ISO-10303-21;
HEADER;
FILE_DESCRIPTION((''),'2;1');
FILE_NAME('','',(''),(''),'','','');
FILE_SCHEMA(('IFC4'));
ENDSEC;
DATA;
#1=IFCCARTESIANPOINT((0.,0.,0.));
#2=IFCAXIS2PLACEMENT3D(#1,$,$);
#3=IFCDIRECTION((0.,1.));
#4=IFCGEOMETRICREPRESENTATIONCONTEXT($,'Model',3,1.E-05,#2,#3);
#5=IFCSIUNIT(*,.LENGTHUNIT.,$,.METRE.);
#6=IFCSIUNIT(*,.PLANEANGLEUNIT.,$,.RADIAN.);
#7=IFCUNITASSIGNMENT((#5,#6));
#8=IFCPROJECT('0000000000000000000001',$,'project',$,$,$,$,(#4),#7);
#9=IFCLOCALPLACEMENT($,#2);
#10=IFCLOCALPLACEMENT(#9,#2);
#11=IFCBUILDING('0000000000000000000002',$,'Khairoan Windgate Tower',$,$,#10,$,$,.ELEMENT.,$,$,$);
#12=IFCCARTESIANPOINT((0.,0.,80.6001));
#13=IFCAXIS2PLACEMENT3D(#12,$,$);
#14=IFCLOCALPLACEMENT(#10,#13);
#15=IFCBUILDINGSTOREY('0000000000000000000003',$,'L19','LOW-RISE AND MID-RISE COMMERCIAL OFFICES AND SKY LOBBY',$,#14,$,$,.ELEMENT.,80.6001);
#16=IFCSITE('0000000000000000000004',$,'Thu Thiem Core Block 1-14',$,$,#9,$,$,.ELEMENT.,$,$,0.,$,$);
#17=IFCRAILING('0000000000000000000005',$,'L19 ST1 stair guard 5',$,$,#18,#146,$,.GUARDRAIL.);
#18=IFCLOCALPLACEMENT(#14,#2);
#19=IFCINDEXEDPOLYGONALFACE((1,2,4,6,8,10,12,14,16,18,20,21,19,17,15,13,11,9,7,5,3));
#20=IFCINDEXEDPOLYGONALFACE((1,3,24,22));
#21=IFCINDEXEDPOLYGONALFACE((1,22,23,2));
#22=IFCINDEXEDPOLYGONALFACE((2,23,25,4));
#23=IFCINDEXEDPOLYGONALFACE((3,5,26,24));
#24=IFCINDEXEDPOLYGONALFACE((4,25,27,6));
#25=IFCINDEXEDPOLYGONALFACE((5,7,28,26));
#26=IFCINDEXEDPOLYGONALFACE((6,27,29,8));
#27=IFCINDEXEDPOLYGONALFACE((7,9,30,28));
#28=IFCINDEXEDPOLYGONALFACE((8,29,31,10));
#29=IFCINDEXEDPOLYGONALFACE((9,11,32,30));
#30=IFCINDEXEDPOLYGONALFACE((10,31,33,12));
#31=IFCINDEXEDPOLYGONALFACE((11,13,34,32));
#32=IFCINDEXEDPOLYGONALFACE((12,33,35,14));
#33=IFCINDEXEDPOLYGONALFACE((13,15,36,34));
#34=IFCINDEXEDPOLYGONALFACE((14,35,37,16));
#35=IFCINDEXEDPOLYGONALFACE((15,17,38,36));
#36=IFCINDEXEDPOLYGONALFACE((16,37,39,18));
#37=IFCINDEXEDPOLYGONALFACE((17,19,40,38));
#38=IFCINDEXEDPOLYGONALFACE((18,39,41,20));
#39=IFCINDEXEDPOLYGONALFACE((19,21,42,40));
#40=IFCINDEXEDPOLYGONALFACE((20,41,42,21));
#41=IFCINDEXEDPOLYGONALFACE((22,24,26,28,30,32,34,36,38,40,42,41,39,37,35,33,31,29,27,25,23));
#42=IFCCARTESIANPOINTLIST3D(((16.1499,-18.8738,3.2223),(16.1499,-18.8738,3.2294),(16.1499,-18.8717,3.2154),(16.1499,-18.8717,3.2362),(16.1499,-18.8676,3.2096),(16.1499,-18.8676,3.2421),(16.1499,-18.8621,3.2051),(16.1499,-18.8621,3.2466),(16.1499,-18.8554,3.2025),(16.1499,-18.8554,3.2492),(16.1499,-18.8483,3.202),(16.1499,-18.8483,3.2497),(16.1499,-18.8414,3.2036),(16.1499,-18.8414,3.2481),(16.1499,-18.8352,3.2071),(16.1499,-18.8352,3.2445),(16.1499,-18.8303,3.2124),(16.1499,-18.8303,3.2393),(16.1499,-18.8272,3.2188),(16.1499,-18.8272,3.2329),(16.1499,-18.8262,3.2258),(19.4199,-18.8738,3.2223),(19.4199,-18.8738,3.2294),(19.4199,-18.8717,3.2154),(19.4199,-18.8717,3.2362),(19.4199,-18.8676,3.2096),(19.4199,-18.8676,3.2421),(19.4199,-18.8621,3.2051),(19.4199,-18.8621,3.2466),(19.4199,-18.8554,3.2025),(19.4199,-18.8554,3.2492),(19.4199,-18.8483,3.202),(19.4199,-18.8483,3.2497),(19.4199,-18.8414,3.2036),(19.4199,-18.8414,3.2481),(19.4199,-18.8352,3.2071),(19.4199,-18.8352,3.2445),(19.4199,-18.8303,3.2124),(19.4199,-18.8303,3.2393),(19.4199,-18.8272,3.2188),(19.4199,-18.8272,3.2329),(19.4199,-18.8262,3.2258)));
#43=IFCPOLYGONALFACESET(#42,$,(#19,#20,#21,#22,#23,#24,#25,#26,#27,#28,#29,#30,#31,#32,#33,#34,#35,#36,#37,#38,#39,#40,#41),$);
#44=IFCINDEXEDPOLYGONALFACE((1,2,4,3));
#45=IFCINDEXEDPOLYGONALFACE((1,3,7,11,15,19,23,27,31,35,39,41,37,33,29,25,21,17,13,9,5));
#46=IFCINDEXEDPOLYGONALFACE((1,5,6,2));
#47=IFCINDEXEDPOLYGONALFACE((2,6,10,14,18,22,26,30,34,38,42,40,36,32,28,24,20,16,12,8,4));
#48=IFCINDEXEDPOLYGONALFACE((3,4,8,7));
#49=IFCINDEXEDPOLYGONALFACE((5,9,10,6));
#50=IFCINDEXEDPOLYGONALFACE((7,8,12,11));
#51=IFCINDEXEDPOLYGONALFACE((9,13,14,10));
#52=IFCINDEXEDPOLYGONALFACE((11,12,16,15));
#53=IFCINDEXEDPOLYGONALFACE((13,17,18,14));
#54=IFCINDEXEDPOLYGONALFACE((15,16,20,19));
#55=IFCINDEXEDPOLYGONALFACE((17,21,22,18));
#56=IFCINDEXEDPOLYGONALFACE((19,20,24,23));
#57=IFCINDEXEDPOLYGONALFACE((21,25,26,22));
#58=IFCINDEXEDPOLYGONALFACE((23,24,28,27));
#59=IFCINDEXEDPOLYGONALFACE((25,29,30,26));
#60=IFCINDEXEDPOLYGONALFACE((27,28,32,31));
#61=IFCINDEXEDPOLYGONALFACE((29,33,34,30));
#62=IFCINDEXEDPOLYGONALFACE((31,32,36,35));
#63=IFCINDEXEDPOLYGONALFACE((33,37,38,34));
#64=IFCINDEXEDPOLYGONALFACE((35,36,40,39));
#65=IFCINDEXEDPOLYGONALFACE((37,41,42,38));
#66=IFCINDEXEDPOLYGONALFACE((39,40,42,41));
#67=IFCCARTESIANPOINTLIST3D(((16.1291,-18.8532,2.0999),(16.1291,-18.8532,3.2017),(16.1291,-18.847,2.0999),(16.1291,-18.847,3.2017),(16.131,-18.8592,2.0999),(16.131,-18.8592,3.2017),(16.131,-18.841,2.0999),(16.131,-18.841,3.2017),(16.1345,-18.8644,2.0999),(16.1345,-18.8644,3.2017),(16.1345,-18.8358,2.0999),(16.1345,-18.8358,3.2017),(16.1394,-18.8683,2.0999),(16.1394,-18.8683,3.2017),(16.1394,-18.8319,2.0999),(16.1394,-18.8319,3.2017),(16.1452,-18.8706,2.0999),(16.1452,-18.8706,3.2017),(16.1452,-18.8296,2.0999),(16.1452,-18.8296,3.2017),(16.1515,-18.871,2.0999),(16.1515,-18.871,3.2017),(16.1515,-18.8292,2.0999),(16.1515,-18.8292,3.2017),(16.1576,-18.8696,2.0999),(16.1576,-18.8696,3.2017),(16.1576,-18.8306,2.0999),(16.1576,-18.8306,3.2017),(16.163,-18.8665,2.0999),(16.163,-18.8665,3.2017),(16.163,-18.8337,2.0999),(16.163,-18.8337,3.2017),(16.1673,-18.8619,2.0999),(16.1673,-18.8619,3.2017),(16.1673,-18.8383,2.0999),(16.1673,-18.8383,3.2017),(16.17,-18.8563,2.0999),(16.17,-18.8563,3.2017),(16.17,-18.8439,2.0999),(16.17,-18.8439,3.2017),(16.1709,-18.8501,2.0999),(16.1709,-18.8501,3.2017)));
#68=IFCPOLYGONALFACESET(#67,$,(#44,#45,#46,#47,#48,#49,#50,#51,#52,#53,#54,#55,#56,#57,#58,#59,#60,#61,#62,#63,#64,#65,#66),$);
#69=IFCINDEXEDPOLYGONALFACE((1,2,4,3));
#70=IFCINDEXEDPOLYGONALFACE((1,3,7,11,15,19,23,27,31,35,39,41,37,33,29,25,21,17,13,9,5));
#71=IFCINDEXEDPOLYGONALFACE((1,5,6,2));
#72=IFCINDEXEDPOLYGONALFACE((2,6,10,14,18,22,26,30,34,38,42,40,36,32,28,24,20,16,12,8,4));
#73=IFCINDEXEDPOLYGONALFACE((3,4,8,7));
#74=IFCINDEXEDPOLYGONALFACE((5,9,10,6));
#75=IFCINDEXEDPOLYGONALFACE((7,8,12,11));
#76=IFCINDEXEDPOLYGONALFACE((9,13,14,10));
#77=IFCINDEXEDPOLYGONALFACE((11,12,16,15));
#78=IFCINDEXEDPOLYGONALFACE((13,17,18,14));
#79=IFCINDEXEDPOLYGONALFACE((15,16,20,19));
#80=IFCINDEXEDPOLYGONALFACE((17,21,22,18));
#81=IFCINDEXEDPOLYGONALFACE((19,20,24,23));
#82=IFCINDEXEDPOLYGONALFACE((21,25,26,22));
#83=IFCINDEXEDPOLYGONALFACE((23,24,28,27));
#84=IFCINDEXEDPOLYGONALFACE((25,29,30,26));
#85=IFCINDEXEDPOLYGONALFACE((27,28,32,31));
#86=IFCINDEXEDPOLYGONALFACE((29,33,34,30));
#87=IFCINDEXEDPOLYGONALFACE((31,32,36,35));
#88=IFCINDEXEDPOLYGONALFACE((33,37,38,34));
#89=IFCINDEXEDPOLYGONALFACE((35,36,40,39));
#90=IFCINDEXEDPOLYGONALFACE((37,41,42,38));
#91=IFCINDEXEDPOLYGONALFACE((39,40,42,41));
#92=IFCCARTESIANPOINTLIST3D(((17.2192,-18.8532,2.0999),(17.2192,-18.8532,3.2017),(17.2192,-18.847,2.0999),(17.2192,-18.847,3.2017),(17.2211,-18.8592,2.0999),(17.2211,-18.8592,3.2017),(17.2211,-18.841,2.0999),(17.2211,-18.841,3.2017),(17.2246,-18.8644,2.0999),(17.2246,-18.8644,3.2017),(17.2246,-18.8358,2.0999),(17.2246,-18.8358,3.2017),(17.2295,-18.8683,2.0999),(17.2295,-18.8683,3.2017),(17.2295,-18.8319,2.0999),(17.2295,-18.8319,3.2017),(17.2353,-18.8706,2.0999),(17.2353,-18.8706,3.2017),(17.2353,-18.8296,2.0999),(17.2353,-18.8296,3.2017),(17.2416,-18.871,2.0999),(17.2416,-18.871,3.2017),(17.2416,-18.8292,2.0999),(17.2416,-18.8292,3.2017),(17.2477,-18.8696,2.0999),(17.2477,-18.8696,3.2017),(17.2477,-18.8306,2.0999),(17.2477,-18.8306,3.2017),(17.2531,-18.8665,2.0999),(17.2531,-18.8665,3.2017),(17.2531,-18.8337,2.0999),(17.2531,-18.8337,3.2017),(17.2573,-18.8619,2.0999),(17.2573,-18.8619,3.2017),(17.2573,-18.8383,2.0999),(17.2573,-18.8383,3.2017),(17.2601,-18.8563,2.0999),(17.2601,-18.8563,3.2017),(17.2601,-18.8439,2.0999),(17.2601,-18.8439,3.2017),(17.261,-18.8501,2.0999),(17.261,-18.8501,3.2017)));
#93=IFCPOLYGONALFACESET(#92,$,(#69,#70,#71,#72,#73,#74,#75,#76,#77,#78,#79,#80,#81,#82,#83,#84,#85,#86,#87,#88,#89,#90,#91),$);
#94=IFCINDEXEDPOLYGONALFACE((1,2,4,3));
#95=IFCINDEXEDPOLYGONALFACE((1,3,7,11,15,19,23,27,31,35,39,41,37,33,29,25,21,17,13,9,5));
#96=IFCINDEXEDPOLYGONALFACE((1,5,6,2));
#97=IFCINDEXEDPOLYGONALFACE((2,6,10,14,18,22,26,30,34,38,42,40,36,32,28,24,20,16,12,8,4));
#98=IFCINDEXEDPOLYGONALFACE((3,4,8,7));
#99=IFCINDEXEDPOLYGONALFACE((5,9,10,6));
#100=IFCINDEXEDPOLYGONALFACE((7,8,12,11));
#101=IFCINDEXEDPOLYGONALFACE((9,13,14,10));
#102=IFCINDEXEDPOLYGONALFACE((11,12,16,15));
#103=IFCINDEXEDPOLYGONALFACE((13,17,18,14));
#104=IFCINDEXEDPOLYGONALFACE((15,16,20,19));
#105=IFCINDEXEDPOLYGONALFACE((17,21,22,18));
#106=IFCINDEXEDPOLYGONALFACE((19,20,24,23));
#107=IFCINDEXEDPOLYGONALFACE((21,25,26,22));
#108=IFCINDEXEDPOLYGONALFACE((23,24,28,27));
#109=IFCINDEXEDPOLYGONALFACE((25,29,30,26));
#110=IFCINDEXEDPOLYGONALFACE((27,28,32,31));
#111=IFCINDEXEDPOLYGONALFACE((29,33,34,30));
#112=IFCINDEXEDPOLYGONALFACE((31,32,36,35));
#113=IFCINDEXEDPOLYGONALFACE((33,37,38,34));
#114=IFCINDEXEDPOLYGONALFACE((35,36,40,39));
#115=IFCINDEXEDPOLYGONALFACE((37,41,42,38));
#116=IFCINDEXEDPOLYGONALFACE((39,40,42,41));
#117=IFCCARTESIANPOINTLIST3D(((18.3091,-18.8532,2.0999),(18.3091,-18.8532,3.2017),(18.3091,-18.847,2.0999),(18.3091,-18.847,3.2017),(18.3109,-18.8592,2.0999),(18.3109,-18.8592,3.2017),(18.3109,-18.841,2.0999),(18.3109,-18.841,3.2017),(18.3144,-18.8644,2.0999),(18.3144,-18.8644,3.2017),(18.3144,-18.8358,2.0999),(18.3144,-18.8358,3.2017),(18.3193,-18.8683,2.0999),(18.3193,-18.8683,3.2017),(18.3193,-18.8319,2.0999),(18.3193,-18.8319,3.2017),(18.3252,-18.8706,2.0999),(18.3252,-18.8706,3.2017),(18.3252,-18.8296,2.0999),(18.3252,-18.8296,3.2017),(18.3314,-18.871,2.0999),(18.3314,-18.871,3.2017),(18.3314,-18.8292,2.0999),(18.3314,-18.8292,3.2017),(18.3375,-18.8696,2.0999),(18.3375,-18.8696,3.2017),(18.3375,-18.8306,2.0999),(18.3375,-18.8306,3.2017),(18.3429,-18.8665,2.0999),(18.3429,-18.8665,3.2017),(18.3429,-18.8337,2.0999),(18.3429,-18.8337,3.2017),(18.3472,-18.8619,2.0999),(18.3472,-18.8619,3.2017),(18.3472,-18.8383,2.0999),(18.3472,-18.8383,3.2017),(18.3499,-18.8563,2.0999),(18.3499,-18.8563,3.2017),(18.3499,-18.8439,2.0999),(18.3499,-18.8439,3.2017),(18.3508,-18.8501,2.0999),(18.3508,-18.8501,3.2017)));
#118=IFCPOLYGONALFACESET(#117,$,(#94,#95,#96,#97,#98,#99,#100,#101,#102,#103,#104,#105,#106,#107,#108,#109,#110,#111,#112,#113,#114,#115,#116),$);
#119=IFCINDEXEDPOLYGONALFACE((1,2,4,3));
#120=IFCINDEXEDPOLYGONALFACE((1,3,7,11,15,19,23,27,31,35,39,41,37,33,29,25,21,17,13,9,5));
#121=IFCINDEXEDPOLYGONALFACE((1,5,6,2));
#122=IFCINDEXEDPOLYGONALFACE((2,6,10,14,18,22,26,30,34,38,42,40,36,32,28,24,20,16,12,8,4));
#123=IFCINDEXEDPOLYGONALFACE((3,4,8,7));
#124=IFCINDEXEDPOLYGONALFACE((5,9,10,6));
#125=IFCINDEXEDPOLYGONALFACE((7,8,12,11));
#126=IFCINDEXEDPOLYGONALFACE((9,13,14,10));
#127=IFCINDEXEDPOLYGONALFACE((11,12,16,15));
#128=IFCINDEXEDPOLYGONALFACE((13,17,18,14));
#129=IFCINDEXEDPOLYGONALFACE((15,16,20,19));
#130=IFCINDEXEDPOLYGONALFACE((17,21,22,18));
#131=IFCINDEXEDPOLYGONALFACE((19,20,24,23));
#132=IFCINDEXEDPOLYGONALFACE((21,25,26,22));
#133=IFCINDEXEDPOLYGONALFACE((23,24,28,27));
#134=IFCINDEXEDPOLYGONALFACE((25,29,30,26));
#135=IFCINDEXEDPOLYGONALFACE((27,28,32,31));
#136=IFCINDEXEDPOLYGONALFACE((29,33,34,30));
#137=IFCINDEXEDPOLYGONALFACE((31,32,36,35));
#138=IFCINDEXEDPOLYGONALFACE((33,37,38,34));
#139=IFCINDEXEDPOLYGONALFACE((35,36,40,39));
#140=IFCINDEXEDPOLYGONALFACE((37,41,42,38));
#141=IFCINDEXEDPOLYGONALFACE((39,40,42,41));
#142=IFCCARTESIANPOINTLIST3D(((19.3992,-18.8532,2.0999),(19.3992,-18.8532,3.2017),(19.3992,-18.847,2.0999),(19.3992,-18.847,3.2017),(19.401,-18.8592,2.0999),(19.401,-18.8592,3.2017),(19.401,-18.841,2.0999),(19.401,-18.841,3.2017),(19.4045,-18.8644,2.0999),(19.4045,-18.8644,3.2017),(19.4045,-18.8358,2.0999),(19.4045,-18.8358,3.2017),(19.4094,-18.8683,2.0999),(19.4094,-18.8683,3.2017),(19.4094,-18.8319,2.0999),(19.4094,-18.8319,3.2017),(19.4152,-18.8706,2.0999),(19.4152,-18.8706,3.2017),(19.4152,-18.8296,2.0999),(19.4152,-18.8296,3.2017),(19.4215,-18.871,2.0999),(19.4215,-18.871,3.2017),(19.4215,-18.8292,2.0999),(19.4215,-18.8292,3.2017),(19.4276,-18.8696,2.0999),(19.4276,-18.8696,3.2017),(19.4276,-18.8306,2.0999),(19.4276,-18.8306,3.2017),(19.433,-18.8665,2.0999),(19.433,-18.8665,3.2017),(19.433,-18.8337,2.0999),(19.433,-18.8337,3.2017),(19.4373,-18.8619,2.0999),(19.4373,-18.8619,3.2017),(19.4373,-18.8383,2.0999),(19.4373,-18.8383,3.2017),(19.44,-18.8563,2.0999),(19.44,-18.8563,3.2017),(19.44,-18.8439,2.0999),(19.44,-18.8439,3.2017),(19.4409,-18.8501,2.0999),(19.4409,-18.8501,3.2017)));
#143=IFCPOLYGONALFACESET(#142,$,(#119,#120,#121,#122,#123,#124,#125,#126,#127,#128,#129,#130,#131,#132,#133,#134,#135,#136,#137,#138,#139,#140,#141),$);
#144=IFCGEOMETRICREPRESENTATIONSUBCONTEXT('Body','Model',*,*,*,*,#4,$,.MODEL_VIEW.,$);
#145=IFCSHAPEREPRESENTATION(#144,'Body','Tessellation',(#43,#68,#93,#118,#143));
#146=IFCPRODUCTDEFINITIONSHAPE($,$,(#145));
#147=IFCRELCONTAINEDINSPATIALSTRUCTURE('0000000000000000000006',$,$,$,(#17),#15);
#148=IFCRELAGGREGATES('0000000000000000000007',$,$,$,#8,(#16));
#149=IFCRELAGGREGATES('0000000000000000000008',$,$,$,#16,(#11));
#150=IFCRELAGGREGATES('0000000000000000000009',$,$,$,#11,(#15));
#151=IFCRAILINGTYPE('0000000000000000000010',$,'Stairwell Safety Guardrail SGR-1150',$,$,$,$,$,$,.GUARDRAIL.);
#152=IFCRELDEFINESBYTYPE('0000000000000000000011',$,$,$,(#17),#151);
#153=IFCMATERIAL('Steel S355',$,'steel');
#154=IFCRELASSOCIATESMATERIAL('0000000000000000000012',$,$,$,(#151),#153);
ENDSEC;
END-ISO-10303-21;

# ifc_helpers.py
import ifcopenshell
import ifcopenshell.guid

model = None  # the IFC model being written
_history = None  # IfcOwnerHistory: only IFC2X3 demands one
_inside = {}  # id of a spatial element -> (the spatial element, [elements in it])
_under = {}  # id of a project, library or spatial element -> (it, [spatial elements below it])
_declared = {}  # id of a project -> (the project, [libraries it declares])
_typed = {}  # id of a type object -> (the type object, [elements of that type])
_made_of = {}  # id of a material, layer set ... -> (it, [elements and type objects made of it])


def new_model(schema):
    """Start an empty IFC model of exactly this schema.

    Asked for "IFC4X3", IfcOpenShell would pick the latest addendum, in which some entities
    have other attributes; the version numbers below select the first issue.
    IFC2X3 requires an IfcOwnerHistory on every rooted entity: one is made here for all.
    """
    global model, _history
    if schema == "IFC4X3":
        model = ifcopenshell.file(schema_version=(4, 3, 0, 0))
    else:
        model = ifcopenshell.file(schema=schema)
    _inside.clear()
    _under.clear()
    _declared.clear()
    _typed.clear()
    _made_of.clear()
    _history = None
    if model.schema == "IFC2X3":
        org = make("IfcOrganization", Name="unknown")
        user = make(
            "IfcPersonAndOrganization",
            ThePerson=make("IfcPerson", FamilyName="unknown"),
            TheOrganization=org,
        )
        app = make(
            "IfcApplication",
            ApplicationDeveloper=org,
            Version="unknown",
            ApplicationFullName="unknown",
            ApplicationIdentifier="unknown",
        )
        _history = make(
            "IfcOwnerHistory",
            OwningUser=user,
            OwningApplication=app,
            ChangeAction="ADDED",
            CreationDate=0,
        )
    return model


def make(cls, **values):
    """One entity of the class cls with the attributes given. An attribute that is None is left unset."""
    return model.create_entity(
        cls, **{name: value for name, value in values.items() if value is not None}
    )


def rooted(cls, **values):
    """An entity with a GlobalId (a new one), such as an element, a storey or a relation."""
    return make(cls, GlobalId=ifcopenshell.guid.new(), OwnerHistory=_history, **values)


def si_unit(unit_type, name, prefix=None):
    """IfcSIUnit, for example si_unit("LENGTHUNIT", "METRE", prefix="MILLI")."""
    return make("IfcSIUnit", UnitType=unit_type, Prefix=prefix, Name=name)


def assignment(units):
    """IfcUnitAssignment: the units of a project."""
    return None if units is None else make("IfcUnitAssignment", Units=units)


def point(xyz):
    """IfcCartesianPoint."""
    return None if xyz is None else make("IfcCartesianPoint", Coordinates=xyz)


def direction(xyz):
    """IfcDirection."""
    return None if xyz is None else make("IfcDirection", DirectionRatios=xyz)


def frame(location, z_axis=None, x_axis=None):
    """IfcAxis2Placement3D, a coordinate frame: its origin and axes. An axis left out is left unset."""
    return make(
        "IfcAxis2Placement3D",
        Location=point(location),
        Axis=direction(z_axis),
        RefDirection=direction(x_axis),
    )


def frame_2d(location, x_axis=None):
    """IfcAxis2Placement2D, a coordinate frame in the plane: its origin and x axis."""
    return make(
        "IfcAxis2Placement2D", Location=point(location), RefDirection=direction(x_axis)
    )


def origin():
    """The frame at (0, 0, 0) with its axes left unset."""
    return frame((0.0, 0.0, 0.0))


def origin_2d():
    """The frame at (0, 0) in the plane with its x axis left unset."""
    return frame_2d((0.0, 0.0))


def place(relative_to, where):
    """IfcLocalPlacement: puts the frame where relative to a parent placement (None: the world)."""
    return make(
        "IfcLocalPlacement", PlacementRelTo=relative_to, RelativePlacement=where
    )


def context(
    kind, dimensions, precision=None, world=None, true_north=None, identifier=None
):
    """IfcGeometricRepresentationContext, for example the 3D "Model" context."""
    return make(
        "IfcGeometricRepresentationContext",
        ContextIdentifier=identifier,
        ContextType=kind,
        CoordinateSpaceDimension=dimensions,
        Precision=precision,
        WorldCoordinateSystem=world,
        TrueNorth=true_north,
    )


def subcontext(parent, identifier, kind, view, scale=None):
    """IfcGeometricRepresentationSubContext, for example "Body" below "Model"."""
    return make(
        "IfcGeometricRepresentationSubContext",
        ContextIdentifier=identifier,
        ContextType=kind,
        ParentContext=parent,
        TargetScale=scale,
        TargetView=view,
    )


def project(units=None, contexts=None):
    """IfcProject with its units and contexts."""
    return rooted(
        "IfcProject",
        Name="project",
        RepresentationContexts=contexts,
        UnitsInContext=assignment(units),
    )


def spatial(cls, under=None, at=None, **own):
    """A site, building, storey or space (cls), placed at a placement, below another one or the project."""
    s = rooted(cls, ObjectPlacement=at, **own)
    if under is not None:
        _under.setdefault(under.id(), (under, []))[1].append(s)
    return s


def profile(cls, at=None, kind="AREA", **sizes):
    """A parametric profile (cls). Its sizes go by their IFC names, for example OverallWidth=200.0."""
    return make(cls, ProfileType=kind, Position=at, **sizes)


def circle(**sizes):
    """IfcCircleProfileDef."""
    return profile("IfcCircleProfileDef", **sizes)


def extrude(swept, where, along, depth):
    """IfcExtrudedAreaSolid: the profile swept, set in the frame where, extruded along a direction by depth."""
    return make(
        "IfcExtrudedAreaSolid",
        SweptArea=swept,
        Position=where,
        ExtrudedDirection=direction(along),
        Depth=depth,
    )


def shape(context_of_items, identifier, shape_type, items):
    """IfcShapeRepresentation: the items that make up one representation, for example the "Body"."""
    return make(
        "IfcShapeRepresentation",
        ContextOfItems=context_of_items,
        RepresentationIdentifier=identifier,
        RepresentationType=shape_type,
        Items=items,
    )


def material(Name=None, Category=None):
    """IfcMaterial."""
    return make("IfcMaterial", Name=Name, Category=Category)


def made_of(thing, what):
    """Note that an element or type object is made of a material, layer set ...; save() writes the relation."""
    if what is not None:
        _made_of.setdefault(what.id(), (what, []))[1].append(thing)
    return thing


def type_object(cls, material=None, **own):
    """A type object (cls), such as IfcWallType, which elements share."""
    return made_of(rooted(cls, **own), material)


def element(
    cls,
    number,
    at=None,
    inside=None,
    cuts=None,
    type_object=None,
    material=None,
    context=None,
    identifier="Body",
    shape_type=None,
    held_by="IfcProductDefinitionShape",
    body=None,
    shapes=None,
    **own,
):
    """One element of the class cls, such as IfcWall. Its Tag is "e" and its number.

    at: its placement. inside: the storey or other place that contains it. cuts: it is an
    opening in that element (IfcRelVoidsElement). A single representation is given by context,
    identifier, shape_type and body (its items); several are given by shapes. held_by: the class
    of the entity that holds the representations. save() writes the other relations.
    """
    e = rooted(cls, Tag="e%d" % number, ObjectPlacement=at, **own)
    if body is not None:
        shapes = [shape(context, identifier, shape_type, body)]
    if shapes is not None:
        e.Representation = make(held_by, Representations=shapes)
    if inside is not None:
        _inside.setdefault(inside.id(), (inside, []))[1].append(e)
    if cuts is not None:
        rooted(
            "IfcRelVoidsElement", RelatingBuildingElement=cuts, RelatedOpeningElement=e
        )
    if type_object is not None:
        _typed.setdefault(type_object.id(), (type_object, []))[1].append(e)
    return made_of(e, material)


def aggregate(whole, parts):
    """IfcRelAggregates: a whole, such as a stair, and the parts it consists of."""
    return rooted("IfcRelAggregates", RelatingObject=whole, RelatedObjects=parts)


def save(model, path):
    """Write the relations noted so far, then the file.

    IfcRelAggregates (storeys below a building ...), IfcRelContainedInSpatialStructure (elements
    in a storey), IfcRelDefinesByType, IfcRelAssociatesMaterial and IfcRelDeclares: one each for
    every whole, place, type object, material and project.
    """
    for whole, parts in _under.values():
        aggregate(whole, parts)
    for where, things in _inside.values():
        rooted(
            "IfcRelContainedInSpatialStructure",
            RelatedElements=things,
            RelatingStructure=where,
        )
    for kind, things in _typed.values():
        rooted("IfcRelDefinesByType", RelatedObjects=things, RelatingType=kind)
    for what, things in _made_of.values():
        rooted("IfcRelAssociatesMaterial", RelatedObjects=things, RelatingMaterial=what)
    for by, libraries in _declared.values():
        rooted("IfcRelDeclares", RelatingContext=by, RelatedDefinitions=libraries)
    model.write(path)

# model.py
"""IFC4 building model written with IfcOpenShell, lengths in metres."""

from ifc_helpers import new_model, si_unit, direction, frame, origin, origin_2d, place, context, subcontext, project, spatial, circle, extrude, material, type_object, element, save


model = new_model("IFC4")

# Units and contexts
model_context = context("Model", 3, precision=1e-05, world=origin(), true_north=direction((0.0, 1.0)))
body_context = subcontext(model_context, "Body", "Model", "MODEL_VIEW")
ifc_project = project(units=[si_unit("LENGTHUNIT", "METRE"), si_unit("PLANEANGLEUNIT", "RADIAN")], contexts=[model_context])

# Site, building, storey
site_placement = place(None, origin())
site = spatial("IfcSite", under=ifc_project, at=site_placement, Name="Thu Thiem Core Block 1-14", CompositionType="ELEMENT", RefElevation=0.0)
building_placement = place(site_placement, origin())
building = spatial("IfcBuilding", under=site, at=building_placement, Name="Khairoan Windgate Tower", CompositionType="ELEMENT")
storey_placement = place(building_placement, frame((0.0, 0.0, 80.6001)))
storey = spatial("IfcBuildingStorey", under=building, at=storey_placement, Name="L19", Description="LOW-RISE AND MID-RISE COMMERCIAL OFFICES AND SKY LOBBY", CompositionType="ELEMENT", Elevation=80.6001)

# Railing
ifc_material_1 = material(Name="Steel S355", Category="steel")
railing_type = type_object("IfcRailingType", Name="Stairwell Safety Guardrail SGR-1150", PredefinedType="GUARDRAIL", material=ifc_material_1)
railing_1_placement = place(storey_placement, frame((16.1499, -18.8501, 2.0999)))
element("IfcRailing", 1, at=railing_1_placement, inside=storey, type_object=railing_type, Name="L19 ST1 stair guard 5", PredefinedType="GUARDRAIL", context=body_context, shape_type="SweptSolid", body=[
    extrude(circle(Radius=0.0239, at=origin_2d()), frame((0.0, 0.0, 1.126), z_axis=(1.0, 0.0, 0.0), x_axis=(0.0, 1.0, 0.0)), (0.0, 0.0, 1.0), 3.27),
    extrude(circle(Radius=0.021, at=origin_2d()), origin(), (0.0, 0.0, 1.0), 1.1018),
    extrude(circle(Radius=0.021, at=origin_2d()), frame((1.0901, 0.0, 0.0)), (0.0, 0.0, 1.0), 1.1018),
    extrude(circle(Radius=0.021, at=origin_2d()), frame((2.1799, 0.0, 0.0)), (0.0, 0.0, 1.0), 1.1018),
    extrude(circle(Radius=0.021, at=origin_2d()), frame((3.27, 0.0, 0.0)), (0.0, 0.0, 1.0), 1.1018),
])

save(model, "model.ifc")
